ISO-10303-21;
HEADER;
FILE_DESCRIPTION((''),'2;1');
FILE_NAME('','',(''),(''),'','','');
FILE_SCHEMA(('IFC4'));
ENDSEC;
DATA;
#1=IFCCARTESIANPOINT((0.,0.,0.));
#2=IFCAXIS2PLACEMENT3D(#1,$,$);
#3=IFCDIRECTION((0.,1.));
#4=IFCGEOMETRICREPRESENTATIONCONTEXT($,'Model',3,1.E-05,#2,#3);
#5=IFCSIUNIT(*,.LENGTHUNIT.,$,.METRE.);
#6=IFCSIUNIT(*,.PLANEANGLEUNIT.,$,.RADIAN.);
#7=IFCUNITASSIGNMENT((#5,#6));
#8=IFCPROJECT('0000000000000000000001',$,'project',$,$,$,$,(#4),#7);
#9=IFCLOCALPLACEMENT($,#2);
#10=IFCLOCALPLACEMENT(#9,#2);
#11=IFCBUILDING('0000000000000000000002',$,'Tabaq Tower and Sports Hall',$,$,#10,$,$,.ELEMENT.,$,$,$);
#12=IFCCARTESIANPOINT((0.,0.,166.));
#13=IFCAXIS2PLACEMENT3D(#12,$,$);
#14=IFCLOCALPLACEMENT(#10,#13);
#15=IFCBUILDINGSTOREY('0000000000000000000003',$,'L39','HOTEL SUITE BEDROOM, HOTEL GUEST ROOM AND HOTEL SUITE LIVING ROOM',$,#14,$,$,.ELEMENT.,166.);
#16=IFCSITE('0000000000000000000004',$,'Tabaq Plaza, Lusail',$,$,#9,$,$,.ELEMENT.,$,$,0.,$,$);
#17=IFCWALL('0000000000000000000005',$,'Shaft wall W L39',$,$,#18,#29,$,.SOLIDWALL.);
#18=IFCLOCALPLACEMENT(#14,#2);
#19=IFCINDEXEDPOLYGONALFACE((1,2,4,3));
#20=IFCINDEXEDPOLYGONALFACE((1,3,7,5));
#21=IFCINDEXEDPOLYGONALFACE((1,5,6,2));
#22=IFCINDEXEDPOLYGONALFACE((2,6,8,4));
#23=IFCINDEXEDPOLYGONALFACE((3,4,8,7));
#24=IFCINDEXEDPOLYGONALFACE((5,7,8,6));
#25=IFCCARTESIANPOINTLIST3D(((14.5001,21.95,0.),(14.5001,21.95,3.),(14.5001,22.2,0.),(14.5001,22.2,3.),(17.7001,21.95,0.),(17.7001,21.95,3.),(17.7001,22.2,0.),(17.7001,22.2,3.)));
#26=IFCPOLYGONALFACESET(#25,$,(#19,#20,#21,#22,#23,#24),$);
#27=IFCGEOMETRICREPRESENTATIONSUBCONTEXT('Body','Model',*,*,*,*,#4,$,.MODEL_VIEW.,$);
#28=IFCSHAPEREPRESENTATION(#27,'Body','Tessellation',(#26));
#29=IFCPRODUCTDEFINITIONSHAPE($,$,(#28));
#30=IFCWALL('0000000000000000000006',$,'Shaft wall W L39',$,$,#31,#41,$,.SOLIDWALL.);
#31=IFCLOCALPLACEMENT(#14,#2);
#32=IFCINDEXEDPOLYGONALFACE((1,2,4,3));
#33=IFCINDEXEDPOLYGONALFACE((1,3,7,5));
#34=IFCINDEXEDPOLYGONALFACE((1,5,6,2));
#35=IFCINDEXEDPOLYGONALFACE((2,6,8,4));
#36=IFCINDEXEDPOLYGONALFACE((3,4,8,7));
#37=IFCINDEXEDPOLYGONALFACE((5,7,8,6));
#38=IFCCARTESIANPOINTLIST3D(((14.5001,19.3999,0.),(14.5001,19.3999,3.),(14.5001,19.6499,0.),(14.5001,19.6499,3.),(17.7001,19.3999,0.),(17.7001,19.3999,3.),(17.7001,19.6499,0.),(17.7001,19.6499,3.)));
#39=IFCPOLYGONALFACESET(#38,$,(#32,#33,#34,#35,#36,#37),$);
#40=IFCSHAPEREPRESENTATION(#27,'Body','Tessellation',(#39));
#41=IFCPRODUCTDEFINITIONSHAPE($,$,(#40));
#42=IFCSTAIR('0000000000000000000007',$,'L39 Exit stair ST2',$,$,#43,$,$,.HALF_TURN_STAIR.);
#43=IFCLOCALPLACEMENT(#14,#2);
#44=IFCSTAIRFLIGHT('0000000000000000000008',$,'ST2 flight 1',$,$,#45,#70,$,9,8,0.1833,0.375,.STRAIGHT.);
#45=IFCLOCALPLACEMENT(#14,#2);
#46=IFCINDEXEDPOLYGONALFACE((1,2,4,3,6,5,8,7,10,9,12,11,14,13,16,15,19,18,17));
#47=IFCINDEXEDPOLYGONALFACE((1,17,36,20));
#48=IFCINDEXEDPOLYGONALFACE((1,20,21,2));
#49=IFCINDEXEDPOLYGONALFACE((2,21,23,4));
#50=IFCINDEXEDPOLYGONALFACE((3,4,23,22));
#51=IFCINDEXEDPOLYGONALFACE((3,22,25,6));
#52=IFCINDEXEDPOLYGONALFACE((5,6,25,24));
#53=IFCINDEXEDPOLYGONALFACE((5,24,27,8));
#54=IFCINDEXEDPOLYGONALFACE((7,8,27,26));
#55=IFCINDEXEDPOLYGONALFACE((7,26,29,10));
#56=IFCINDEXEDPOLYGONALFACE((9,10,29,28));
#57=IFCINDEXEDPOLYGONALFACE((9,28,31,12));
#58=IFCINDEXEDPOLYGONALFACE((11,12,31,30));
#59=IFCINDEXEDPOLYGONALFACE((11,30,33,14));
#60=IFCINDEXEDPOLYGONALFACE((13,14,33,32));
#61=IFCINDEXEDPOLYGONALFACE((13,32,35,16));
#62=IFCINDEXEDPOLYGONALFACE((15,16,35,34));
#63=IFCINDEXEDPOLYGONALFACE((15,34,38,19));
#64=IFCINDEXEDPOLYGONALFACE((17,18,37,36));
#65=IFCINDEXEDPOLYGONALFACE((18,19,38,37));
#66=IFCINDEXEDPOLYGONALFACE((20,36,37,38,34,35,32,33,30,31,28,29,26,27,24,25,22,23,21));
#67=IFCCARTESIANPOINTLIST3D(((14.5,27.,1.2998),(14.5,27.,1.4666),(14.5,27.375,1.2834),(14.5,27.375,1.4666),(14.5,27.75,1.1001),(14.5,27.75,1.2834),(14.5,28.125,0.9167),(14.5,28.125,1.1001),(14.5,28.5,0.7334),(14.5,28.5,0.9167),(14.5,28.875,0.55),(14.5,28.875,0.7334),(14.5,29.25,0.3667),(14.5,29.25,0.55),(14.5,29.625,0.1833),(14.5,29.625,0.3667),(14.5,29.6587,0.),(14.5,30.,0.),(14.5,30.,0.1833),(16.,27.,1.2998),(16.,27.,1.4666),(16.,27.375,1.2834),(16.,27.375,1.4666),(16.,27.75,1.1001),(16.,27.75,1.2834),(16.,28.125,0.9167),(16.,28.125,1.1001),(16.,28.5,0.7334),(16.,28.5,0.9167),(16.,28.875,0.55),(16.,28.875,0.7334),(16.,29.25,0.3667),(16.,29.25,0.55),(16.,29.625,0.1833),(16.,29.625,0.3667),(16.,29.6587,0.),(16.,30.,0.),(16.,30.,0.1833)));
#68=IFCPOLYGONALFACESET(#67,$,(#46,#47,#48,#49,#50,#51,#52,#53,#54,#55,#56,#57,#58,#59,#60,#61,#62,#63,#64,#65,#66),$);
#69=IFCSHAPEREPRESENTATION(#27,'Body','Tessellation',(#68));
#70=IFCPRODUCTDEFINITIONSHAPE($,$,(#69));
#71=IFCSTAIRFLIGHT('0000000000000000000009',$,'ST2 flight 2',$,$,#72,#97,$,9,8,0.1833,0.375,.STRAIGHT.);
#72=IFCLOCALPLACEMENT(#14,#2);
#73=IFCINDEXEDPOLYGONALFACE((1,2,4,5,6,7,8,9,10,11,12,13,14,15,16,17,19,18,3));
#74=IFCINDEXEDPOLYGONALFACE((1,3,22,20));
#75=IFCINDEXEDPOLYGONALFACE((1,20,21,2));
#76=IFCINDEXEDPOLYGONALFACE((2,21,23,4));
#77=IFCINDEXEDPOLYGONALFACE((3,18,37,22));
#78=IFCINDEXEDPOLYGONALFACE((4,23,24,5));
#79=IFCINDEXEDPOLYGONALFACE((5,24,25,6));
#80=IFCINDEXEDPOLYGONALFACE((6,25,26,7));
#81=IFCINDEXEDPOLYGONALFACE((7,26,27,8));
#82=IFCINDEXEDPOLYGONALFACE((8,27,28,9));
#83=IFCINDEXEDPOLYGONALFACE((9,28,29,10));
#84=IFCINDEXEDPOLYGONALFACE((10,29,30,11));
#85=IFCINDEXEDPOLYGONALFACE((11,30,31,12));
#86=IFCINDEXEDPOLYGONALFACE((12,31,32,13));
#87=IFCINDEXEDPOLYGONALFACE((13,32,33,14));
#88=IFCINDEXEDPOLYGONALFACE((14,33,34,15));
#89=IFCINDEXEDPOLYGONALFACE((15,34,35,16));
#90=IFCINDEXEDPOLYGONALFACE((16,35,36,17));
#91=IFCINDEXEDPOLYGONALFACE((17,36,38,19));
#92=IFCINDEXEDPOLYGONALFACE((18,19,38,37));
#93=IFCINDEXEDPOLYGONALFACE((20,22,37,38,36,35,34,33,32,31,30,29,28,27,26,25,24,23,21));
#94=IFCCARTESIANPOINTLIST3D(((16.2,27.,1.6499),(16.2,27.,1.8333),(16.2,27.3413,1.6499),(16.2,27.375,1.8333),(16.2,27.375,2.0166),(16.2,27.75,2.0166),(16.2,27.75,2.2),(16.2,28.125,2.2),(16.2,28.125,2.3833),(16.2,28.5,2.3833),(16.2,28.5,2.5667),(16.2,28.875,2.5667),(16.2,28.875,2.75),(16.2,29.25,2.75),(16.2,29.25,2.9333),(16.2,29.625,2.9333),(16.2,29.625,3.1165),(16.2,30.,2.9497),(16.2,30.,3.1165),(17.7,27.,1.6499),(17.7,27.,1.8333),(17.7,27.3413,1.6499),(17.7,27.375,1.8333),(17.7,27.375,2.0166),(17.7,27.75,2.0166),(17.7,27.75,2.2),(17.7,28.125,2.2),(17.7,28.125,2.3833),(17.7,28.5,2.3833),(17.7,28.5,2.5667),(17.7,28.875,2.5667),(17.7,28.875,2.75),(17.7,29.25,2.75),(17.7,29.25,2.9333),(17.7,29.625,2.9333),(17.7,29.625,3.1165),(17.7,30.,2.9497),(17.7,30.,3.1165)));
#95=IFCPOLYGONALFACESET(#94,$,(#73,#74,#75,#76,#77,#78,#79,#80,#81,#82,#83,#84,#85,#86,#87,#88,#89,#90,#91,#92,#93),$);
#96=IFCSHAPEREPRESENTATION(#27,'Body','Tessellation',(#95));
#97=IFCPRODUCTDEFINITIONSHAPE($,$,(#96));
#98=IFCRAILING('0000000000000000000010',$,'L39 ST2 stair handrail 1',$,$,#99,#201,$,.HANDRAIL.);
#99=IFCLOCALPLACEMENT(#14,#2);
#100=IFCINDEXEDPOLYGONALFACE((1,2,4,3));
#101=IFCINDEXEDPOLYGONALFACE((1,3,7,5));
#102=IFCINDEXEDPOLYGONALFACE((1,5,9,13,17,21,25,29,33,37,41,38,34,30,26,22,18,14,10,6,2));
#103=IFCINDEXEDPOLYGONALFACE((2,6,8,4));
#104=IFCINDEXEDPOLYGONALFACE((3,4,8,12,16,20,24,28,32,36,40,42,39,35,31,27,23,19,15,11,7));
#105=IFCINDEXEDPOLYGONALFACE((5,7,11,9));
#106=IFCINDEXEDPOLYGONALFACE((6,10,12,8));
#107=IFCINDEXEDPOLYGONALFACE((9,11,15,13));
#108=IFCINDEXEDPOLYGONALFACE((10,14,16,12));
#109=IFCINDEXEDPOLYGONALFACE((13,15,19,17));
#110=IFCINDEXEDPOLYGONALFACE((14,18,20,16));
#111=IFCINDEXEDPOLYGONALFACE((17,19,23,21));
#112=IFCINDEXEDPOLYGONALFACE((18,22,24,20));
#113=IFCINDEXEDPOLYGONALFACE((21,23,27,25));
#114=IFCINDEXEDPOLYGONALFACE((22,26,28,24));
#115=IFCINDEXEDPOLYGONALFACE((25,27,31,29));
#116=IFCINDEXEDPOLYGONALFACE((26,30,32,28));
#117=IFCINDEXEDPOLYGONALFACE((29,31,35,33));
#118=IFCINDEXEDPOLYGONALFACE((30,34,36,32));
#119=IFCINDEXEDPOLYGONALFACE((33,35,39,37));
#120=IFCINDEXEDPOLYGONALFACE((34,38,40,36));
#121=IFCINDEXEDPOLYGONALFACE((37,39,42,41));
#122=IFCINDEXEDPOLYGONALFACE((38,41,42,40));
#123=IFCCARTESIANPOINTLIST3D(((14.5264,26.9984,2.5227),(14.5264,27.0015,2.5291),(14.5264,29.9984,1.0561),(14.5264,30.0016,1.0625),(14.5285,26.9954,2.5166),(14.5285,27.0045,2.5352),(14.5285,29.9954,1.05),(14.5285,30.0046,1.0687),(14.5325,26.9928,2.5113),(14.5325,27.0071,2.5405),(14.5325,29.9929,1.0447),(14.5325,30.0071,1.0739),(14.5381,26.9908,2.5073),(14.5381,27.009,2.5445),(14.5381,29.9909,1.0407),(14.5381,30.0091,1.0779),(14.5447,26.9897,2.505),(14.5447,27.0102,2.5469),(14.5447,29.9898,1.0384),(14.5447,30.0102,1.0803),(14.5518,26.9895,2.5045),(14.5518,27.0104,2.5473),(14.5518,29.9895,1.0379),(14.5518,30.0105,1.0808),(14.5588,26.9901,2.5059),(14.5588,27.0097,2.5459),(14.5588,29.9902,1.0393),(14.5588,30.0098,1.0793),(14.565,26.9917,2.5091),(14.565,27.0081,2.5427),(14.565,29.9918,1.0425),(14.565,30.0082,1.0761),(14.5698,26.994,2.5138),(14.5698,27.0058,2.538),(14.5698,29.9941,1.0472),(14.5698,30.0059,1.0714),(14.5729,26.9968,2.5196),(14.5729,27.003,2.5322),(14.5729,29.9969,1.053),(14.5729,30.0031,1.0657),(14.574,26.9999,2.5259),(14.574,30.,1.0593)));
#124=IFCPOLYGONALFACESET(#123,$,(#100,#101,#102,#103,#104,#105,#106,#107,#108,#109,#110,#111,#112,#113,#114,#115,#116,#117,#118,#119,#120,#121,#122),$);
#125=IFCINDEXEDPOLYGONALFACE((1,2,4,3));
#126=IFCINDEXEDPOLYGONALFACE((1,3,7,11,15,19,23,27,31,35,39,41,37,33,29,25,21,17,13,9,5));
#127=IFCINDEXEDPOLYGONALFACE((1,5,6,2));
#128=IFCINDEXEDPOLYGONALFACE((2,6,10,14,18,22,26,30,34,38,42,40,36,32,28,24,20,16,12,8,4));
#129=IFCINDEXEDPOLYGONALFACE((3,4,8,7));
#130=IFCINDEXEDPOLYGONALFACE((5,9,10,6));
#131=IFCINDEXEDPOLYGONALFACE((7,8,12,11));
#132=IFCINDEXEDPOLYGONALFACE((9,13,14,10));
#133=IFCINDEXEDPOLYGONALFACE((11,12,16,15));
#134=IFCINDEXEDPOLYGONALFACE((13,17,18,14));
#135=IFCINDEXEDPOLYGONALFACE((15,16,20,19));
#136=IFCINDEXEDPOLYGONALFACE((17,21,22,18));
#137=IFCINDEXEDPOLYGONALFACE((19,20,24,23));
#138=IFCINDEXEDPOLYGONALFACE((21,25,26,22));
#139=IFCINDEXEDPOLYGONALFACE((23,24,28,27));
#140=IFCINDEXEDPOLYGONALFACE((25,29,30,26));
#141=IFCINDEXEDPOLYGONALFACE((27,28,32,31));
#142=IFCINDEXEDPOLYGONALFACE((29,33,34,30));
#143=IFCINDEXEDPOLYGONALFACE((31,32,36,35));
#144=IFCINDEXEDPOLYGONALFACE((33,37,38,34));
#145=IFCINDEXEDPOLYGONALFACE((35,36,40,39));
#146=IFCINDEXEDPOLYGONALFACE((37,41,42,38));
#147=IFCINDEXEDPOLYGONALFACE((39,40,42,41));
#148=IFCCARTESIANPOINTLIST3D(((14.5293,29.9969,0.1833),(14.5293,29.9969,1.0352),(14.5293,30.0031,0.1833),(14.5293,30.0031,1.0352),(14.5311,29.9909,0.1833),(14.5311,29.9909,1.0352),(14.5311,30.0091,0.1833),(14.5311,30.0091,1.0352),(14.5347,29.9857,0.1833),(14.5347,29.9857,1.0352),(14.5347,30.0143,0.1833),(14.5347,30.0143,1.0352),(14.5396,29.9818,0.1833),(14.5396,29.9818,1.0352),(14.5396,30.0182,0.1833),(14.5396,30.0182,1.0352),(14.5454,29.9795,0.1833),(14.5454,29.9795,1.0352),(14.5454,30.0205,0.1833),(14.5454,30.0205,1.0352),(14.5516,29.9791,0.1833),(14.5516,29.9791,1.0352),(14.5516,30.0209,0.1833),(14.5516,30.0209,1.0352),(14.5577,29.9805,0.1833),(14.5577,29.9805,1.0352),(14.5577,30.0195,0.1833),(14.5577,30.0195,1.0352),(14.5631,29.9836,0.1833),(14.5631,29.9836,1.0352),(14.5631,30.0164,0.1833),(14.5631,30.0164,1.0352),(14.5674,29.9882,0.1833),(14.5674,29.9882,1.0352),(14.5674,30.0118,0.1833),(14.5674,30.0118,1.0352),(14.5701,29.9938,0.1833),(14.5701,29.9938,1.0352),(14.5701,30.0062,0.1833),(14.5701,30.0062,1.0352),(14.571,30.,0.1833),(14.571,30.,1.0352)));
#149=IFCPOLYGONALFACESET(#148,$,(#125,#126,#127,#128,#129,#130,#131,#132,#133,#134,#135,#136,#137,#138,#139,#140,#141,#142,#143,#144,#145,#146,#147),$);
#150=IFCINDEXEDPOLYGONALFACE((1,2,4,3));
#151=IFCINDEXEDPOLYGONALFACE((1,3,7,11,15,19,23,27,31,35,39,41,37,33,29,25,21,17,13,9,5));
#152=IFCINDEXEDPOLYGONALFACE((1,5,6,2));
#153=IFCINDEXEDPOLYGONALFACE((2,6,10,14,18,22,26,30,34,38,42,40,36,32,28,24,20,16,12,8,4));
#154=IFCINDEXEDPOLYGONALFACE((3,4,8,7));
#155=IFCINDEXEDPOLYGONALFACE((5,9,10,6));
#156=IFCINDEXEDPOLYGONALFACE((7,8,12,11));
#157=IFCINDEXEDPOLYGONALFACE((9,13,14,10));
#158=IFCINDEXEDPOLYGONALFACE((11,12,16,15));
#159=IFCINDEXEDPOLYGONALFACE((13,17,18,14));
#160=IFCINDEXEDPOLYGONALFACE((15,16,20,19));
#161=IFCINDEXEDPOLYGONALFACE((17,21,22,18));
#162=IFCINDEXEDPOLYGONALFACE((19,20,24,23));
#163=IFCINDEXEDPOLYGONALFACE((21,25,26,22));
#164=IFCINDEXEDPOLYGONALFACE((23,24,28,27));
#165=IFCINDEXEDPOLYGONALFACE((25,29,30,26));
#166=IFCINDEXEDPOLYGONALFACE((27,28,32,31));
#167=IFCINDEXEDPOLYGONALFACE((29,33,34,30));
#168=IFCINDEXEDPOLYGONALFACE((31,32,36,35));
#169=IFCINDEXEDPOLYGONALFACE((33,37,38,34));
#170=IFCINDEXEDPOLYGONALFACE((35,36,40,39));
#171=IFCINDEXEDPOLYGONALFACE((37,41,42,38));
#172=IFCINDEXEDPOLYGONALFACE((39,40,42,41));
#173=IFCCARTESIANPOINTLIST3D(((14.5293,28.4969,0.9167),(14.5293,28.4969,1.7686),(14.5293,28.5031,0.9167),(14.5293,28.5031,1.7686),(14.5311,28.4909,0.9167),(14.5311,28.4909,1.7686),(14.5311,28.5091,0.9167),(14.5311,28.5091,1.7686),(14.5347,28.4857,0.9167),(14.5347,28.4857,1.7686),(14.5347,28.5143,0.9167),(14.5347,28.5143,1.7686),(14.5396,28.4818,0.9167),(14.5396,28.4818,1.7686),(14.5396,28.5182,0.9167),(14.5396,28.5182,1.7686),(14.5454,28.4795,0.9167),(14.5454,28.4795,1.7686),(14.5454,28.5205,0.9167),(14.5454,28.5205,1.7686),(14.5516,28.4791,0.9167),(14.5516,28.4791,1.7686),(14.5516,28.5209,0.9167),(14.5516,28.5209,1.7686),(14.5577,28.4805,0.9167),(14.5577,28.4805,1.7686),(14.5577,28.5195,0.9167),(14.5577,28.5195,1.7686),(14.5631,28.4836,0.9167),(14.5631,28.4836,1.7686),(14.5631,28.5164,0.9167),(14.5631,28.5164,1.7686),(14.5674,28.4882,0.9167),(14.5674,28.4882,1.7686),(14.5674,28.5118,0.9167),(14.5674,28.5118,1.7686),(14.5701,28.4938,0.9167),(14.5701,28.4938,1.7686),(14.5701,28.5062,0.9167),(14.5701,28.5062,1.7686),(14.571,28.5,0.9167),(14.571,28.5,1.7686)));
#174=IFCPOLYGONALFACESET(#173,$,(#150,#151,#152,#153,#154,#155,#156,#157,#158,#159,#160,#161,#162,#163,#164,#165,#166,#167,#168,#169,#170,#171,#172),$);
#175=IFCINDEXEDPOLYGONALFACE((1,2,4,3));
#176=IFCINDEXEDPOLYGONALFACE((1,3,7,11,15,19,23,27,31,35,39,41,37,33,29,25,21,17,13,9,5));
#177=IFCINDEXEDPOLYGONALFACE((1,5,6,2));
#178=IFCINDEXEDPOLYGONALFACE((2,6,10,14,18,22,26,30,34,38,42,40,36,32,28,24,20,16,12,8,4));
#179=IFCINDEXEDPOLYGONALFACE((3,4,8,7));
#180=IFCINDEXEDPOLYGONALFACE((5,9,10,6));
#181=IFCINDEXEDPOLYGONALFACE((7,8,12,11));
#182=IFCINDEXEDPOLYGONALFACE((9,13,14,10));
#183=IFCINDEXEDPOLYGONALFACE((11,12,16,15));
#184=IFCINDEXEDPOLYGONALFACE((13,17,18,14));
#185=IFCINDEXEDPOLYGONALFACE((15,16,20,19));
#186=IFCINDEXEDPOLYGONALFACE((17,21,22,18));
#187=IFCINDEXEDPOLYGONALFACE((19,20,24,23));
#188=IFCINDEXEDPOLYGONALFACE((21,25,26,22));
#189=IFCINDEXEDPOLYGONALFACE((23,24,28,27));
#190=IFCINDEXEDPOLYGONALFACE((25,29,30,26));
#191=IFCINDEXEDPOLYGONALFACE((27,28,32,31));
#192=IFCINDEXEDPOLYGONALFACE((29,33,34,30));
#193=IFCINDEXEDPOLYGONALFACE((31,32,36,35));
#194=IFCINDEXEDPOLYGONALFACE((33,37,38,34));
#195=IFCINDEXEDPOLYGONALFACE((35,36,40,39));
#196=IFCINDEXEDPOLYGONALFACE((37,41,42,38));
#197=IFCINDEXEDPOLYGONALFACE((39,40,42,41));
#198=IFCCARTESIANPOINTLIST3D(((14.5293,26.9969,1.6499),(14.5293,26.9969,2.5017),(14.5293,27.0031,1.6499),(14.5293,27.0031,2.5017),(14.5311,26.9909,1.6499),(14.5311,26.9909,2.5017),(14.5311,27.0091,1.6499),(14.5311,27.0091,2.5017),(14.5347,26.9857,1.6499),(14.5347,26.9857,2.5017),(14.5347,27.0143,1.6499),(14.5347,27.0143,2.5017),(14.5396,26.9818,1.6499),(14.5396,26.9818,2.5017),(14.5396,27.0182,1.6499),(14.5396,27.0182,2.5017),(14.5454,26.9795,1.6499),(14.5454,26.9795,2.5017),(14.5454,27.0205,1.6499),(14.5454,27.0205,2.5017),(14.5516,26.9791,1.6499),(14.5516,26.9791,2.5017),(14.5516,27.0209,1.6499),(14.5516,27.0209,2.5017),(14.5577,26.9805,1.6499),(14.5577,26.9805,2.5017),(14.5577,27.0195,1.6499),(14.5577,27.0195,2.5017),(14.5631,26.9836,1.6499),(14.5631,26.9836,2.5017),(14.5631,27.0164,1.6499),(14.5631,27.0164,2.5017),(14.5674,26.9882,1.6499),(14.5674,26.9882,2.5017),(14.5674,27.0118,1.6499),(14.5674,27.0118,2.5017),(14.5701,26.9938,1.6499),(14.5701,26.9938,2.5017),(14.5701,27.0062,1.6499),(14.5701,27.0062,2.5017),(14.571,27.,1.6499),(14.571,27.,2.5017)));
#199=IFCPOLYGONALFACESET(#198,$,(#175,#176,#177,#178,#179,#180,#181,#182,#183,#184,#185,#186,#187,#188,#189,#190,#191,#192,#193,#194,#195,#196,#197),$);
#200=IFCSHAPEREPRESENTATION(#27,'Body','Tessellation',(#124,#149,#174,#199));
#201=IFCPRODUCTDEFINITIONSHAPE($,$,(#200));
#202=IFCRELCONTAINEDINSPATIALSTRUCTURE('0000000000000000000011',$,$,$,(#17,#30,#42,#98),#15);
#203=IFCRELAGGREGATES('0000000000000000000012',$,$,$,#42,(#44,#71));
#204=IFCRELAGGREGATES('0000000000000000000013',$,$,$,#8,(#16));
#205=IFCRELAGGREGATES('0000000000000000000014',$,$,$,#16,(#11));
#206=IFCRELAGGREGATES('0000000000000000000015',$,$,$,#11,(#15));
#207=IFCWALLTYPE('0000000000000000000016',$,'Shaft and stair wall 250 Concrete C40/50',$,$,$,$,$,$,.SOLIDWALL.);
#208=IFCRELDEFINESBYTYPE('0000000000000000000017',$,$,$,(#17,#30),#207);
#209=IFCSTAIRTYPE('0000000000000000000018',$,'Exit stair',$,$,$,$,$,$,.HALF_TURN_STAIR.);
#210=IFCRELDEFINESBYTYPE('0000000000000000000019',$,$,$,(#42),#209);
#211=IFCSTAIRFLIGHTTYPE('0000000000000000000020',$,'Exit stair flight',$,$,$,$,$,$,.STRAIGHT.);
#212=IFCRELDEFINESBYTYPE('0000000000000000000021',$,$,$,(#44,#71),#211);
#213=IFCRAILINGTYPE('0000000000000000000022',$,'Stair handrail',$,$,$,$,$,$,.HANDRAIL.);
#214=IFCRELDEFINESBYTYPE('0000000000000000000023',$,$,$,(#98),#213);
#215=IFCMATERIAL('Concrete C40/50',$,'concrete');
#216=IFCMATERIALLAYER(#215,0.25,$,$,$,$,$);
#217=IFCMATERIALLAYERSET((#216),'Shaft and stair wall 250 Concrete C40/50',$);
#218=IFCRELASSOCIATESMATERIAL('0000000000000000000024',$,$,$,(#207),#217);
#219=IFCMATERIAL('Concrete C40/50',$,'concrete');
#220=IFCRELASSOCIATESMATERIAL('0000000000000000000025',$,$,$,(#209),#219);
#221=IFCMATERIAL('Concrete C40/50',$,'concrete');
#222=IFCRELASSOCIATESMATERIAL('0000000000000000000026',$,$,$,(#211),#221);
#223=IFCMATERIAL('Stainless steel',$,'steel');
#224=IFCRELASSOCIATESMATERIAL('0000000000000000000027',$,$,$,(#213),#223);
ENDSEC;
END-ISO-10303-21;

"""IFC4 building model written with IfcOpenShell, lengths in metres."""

from ifc_helpers import new_model, si_unit, direction, frame, frame_2d, origin, origin_2d, place, context, subcontext, project, spatial, polyline, rectangle, circle, outline, extrude, material, layer, layer_set, type_object, element, aggregate, save


model = new_model("IFC4")

# Units and contexts
model_context = context("Model", 3, precision=1e-05, world=origin(), true_north=direction((0.0, 1.0)))
body_context = subcontext(model_context, "Body", "Model", "MODEL_VIEW")
ifc_project = project(units=[si_unit("LENGTHUNIT", "METRE"), si_unit("PLANEANGLEUNIT", "RADIAN")], contexts=[model_context])

# Site, building, storey
site_placement = place(None, origin())
site = spatial("IfcSite", under=ifc_project, at=site_placement, Name="Tabaq Plaza, Lusail", CompositionType="ELEMENT", RefElevation=0.0)
building_placement = place(site_placement, origin())
building = spatial("IfcBuilding", under=site, at=building_placement, Name="Tabaq Tower and Sports Hall", CompositionType="ELEMENT")
storey_placement = place(building_placement, frame((0.0, 0.0, 166.0)))
storey = spatial("IfcBuildingStorey", under=building, at=storey_placement, Name="L39", Description="HOTEL SUITE BEDROOM, HOTEL GUEST ROOM AND HOTEL SUITE LIVING ROOM", CompositionType="ELEMENT", Elevation=166.0)

# Walls
ifc_material_1 = material(Name="Concrete C40/50", Category="concrete")
ifc_layer_1 = layer(ifc_material_1, 0.25)
ifc_layer_set_1 = layer_set([ifc_layer_1], Name="Shaft and stair wall 250 Concrete C40/50")
wall_type_1 = type_object("IfcWallType", Name="Shaft and stair wall 250 Concrete C40/50", PredefinedType="SOLIDWALL", material=ifc_layer_set_1)
for number, where, z_axis, x_axis, name in (
    (1, (14.5, 22.075, 0.0), (0.0, 0.0, 1.0), (1.0, 0.0, 0.0), "Shaft wall W L39"),
    (2, (14.5, 19.5249, 0.0), (0.0, 0.0, 1.0), (1.0, 0.0, 0.0), "Shaft wall W L39"),
):
    element("IfcWall", number, at=place(storey_placement, frame(where, z_axis=z_axis, x_axis=x_axis)), inside=storey, type_object=wall_type_1, Name=name, PredefinedType="SOLIDWALL", context=body_context, shape_type="SweptSolid", body=[
        extrude(rectangle(XDim=3.2, YDim=0.25, at=frame_2d((1.6001, 0.0))), origin(), (0.0, 0.0, 1.0), 3.0),
    ])

# Stair, stair flights
ifc_material_2 = material(Name="Concrete C40/50", Category="concrete")
stair_type = type_object("IfcStairType", Name="Exit stair", PredefinedType="HALF_TURN_STAIR", material=ifc_material_2)
stair_placement = place(storey_placement, origin())
stair = element("IfcStair", 3, at=stair_placement, inside=storey, type_object=stair_type, Name="L39 Exit stair ST2", PredefinedType="HALF_TURN_STAIR")
ifc_material_3 = material(Name="Concrete C40/50", Category="concrete")
stair_flight_type = type_object("IfcStairFlightType", Name="Exit stair flight", PredefinedType="STRAIGHT", material=ifc_material_3)
stair_flight_1_placement = place(storey_placement, frame((15.25, 30.0, 0.0), z_axis=(0.0, 0.0, 1.0), x_axis=(0.0, -1.0, 0.0)))
stair_flight_1 = element("IfcStairFlight", 4, at=stair_flight_1_placement, type_object=stair_flight_type, Name="ST2 flight 1", NumberOfRisers=9, NumberOfTreads=8, PredefinedType="STRAIGHT", RiserHeight=0.1833, TreadLength=0.375, context=body_context, shape_type="SweptSolid", body=[
    extrude(outline(polyline([(0.0, 0.0), (0.0, 0.1833), (0.375, 0.1833), (0.375, 0.3667), (0.75, 0.3667), (0.75, 0.55), (1.125, 0.55), (1.125, 0.7334), (1.5, 0.7334), (1.5, 0.9167), (1.875, 0.9167), (1.875, 1.1001), (2.25, 1.1001), (2.25, 1.2834), (2.625, 1.2834), (2.625, 1.4666), (3.0, 1.4666), (3.0, 1.6499), (3.0, 1.2998), (0.3413, 0.0), (0.0, 0.0)])), frame((0.0, 0.75, 0.0), z_axis=(0.0, -1.0, 0.0), x_axis=(1.0, 0.0, 0.0)), (0.0, 0.0, 1.0), 1.5),
])
stair_flight_2_placement = place(storey_placement, frame((16.95, 27.0, 1.6499), z_axis=(0.0, 0.0, 1.0), x_axis=(0.0, 1.0, 0.0)))
stair_flight_2 = element("IfcStairFlight", 5, at=stair_flight_2_placement, type_object=stair_flight_type, Name="ST2 flight 2", NumberOfRisers=9, NumberOfTreads=8, PredefinedType="STRAIGHT", RiserHeight=0.1833, TreadLength=0.375, context=body_context, shape_type="SweptSolid", body=[
    extrude(outline(polyline([(0.0, 0.0), (0.0, 0.1833), (0.375, 0.1833), (0.375, 0.3667), (0.75, 0.3667), (0.75, 0.55), (1.125, 0.55), (1.125, 0.7334), (1.5, 0.7334), (1.5, 0.9167), (1.875, 0.9167), (1.875, 1.1001), (2.25, 1.1001), (2.25, 1.2834), (2.625, 1.2834), (2.625, 1.4666), (3.0, 1.4666), (3.0, 1.6499), (3.0, 1.2998), (0.3413, 0.0), (0.0, 0.0)])), frame((0.0, 0.75, 0.0), z_axis=(0.0, -1.0, 0.0), x_axis=(1.0, 0.0, 0.0)), (0.0, 0.0, 1.0), 1.5),
])
aggregate(stair, [stair_flight_1, stair_flight_2])

# Railing
ifc_material_4 = material(Name="Stainless steel", Category="steel")
railing_type_1 = type_object("IfcRailingType", Name="Stair handrail", PredefinedType="HANDRAIL", material=ifc_material_4)
railing_1_placement = place(storey_placement, frame((14.55, 30.0, 0.1833)))
element("IfcRailing", 6, at=railing_1_placement, inside=storey, type_object=railing_type_1, Name="L39 ST2 stair handrail 1", PredefinedType="HANDRAIL", context=body_context, shape_type="SweptSolid", body=[
    extrude(circle(Radius=0.0239, at=origin_2d()), frame((0.0, 0.0, 0.876), z_axis=(0.0, -0.898398, 0.439183), x_axis=(1.0, 0.0, 0.0)), (0.0, 0.0, 1.0), 3.3394),
    extrude(circle(Radius=0.021, at=origin_2d()), origin(), (0.0, 0.0, 1.0), 0.8518),
    extrude(circle(Radius=0.021, at=origin_2d()), frame((0.0, -1.5, 0.7334)), (0.0, 0.0, 1.0), 0.8518),
    extrude(circle(Radius=0.021, at=origin_2d()), frame((0.0, -3.0, 1.4666)), (0.0, 0.0, 1.0), 0.8518),
])

save(model, "model.ifc")
